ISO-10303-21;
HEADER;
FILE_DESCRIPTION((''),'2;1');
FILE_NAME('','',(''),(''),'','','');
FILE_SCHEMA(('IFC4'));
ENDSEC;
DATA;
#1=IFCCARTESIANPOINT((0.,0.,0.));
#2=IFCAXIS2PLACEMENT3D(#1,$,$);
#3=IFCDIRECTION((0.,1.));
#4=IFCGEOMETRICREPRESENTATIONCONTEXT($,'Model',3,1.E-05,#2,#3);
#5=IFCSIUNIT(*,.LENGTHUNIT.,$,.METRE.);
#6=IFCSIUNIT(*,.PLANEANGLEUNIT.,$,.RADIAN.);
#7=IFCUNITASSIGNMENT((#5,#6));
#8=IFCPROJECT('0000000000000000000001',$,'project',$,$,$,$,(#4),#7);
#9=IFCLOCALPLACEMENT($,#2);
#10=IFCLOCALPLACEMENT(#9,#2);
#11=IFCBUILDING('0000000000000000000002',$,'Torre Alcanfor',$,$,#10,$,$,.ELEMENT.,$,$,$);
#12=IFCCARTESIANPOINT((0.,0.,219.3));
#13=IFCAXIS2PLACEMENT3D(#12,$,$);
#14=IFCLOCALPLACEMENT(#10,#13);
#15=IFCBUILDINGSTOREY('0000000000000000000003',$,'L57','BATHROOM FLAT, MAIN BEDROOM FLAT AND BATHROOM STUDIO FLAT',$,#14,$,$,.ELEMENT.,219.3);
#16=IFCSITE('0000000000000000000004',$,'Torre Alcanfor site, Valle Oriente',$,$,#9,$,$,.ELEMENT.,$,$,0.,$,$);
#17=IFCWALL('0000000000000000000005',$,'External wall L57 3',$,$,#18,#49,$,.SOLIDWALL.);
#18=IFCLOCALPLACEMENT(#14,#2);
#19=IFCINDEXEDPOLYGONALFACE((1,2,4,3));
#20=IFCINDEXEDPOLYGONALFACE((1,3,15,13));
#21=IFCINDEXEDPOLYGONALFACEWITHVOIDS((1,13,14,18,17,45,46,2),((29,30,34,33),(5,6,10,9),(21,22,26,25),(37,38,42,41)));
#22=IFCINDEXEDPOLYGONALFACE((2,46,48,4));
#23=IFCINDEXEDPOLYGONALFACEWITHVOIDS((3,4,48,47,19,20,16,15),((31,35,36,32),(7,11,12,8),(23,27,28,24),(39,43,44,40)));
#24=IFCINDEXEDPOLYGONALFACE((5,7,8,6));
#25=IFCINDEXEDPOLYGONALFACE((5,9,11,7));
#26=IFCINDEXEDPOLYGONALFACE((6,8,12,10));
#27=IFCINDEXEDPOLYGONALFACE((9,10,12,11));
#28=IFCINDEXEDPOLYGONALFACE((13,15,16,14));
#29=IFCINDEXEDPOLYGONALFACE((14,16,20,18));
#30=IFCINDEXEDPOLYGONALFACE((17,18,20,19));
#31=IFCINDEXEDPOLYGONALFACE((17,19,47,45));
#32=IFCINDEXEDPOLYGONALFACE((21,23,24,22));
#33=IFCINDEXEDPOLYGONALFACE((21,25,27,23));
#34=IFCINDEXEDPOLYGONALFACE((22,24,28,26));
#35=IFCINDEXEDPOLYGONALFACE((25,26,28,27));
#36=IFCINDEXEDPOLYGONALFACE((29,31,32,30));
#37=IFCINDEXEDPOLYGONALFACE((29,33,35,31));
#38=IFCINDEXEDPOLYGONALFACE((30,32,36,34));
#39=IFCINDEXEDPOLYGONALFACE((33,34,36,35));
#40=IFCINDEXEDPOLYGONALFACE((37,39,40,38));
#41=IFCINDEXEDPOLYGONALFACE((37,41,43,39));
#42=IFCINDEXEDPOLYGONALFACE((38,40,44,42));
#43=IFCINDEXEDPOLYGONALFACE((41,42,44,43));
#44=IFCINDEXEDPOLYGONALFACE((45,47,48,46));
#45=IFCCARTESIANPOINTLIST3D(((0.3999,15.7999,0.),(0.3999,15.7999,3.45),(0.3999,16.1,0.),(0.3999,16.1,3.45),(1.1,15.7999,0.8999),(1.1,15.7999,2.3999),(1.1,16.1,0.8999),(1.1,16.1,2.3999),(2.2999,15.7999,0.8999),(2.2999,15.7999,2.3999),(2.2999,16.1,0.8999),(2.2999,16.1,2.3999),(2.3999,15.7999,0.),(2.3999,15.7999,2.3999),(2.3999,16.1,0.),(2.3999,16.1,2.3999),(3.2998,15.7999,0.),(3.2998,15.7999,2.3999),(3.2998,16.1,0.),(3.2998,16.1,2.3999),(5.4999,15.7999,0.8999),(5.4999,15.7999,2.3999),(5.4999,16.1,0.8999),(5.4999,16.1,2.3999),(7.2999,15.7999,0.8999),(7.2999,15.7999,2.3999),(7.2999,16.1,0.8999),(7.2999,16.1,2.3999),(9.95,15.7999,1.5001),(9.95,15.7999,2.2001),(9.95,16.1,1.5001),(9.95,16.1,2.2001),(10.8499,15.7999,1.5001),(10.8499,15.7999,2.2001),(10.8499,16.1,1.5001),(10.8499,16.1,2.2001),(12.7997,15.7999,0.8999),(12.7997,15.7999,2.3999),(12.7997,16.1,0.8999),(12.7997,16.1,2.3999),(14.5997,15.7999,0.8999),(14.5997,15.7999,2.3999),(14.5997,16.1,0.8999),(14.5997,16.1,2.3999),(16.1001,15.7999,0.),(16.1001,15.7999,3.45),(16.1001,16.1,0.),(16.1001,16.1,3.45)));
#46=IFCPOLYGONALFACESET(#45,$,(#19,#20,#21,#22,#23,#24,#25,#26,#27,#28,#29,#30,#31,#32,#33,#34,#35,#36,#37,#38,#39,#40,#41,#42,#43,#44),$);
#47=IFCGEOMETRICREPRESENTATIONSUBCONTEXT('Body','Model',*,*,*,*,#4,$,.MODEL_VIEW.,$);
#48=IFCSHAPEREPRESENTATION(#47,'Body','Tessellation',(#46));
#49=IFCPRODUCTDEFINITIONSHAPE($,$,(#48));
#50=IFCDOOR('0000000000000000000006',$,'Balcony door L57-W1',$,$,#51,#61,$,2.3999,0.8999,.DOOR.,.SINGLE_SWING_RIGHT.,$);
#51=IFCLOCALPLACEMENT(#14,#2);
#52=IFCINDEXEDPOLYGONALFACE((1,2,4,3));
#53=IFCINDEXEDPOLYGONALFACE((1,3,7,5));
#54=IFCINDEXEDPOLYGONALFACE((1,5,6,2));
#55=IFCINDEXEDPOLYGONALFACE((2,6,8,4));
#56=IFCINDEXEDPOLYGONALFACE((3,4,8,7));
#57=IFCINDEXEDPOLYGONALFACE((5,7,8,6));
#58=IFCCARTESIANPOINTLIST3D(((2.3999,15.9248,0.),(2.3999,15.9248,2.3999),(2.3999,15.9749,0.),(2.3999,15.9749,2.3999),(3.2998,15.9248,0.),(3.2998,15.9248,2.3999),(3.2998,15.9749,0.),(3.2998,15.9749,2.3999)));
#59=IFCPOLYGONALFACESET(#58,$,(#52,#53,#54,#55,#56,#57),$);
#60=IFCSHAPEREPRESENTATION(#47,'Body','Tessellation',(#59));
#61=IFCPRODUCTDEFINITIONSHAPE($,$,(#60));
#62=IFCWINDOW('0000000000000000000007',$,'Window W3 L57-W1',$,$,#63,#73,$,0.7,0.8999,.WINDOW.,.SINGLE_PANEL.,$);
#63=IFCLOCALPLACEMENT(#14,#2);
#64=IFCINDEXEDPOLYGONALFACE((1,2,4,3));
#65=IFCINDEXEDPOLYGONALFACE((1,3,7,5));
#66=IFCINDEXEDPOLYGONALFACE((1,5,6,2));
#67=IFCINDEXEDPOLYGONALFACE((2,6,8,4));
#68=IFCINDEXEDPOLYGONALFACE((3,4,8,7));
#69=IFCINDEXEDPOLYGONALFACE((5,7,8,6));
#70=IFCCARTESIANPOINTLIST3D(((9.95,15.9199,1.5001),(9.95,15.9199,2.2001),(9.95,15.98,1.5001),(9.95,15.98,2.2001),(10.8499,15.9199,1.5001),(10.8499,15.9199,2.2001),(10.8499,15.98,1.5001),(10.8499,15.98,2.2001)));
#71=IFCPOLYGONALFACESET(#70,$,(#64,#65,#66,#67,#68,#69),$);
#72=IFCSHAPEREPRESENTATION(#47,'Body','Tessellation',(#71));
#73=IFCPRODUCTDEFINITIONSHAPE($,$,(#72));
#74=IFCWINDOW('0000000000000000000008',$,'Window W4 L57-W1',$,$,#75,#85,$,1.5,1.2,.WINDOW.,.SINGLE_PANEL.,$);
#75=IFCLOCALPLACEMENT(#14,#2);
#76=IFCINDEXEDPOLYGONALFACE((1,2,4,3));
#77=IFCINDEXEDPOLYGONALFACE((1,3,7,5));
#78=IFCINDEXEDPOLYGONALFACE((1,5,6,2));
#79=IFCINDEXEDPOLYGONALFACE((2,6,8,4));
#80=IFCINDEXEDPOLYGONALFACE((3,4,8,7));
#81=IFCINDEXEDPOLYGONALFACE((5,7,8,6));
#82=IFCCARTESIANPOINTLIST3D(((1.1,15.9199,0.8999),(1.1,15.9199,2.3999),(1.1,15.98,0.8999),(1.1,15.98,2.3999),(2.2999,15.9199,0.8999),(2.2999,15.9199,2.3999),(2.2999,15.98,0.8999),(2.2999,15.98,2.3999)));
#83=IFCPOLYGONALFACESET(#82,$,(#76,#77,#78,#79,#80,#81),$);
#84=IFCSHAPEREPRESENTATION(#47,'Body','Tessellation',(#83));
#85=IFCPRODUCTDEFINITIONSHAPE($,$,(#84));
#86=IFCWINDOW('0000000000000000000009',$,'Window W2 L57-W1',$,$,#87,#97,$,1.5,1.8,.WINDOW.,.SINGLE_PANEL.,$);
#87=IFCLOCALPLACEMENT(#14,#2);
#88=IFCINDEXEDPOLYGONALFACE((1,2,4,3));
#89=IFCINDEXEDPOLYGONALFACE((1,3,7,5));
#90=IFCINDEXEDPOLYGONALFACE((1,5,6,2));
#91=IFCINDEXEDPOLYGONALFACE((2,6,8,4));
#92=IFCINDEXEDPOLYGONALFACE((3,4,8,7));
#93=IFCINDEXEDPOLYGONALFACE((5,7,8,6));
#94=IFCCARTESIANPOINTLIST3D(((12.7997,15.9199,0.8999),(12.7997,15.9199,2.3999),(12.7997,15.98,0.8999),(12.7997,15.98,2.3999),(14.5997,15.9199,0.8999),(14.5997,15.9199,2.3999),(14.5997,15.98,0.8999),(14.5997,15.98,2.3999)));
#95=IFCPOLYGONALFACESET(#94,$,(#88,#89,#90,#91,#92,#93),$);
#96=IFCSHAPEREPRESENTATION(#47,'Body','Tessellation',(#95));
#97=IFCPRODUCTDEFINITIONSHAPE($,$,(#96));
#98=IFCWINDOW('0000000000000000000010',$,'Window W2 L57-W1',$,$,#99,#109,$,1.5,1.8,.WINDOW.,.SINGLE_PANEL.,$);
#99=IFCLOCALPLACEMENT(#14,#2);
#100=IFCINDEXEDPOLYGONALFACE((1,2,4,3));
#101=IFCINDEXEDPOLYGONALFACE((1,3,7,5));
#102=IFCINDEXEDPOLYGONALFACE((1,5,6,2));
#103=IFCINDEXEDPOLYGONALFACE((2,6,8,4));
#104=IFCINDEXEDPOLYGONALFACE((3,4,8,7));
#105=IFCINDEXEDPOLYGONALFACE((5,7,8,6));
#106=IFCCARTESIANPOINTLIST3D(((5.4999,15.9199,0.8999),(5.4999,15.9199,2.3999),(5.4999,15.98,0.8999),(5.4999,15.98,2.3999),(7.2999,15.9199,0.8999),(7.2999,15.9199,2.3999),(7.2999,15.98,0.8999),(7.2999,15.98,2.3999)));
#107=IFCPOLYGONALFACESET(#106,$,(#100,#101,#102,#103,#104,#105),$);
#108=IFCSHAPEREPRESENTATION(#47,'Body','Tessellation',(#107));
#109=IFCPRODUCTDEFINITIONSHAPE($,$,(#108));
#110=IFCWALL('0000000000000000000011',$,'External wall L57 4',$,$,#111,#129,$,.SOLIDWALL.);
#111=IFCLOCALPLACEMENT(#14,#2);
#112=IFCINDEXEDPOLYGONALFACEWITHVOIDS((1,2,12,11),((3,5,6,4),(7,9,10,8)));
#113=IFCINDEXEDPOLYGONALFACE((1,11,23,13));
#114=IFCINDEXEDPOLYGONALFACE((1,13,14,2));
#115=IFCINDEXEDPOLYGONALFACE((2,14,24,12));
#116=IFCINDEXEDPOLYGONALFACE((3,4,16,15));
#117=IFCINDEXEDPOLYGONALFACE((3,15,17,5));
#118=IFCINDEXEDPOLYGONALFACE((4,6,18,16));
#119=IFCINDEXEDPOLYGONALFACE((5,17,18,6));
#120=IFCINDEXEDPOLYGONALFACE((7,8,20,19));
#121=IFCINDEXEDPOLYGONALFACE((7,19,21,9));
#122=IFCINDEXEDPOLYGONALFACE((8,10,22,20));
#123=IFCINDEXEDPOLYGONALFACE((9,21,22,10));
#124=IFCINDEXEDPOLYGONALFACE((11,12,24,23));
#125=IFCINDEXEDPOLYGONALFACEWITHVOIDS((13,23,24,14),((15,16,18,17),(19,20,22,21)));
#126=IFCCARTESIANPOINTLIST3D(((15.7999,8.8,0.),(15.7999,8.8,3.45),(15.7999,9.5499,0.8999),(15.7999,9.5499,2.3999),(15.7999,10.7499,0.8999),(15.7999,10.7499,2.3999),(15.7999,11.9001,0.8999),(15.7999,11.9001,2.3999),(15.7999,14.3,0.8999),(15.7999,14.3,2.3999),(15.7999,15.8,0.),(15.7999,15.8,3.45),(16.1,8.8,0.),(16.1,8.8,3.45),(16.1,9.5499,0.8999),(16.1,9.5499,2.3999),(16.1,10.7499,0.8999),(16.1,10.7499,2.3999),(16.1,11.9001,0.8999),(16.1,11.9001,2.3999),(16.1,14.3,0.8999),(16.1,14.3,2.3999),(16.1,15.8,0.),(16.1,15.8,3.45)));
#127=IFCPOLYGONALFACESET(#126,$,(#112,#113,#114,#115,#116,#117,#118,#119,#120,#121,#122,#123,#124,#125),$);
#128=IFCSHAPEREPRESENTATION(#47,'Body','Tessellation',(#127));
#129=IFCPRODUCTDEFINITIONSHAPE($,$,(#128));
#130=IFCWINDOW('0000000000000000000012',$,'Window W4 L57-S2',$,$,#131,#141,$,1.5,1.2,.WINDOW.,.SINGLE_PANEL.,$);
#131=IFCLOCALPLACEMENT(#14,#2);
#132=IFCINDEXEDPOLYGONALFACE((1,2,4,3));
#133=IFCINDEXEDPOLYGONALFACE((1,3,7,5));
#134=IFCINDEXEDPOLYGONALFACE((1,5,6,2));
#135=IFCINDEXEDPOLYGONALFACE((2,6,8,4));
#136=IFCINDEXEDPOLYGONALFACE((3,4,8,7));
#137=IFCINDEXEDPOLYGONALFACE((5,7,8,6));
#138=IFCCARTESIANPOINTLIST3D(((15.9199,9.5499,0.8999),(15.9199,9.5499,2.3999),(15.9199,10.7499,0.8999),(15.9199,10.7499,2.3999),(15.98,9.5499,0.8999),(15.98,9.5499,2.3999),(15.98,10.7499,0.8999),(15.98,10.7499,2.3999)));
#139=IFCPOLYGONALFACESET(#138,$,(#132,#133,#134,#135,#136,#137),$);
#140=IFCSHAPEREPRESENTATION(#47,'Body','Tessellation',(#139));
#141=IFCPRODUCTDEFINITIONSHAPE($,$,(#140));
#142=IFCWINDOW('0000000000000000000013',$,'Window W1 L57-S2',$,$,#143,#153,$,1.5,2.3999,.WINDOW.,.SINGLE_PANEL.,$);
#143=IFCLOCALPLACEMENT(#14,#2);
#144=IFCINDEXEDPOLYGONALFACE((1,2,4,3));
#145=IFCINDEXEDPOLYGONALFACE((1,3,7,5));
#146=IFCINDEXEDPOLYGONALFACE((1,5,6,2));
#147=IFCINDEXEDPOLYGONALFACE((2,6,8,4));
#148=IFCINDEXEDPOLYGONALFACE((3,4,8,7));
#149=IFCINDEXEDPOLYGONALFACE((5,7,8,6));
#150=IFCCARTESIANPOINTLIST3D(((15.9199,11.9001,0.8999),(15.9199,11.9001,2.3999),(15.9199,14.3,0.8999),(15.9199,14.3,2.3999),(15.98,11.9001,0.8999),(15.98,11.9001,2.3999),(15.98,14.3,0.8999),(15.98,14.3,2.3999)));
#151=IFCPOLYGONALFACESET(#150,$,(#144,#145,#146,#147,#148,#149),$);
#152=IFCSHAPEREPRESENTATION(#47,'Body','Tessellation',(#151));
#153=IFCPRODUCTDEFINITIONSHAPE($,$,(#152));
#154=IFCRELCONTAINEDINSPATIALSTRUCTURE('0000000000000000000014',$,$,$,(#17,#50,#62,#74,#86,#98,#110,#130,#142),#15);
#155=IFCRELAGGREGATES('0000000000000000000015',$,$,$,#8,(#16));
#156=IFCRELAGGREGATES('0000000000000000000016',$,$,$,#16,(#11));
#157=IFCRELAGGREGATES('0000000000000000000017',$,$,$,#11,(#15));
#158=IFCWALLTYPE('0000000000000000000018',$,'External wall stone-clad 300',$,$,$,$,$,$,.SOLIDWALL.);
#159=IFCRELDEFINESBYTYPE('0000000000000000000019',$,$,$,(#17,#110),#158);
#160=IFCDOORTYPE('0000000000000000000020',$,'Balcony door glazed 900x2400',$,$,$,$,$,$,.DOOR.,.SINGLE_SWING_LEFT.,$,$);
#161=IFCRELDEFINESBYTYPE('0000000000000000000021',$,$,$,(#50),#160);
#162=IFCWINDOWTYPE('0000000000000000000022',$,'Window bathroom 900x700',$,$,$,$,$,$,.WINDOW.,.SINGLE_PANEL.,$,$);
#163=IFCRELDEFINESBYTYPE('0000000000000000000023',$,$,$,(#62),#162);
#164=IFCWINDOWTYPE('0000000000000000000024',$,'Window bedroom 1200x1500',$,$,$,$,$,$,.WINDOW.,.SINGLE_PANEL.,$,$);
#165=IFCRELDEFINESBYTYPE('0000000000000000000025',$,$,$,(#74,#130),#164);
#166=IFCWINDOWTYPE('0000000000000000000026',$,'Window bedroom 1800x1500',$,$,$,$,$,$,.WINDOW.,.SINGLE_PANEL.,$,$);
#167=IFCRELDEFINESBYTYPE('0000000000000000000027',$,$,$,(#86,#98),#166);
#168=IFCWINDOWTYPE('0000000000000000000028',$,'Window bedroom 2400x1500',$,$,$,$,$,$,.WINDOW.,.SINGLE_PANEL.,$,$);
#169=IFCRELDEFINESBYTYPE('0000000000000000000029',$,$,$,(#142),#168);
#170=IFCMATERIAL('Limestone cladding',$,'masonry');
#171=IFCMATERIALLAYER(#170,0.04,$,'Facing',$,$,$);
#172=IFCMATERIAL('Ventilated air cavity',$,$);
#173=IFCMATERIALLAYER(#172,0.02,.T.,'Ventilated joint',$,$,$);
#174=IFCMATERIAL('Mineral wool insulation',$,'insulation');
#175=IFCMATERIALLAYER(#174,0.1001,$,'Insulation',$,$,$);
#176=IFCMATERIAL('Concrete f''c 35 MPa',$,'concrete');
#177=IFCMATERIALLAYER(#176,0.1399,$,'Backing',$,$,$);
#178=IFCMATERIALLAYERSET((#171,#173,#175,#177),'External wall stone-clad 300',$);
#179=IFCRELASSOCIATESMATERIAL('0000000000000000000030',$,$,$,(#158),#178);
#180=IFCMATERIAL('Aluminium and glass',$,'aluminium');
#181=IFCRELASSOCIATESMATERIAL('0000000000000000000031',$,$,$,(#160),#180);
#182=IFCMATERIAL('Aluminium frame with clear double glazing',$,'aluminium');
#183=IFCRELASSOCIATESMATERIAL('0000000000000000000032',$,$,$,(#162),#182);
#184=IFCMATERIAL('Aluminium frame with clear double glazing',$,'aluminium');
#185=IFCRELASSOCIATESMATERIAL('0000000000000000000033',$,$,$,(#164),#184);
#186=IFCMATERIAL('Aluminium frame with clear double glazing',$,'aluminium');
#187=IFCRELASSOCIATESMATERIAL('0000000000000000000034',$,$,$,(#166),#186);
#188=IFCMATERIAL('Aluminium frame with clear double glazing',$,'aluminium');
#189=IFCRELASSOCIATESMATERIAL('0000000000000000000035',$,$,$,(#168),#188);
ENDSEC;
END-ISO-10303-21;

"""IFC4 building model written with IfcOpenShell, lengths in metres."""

from ifc_helpers import new_model, si_unit, direction, frame, frame_2d, origin, place, context, subcontext, project, spatial, rectangle, extrude, material, layer, layer_set, type_object, element, fill, save


model = new_model("IFC4")

# Units and contexts
model_context = context("Model", 3, precision=1e-05, world=origin(), true_north=direction((0.0, 1.0)))
body_context = subcontext(model_context, "Body", "Model", "MODEL_VIEW")
ifc_project = project(units=[si_unit("LENGTHUNIT", "METRE"), si_unit("PLANEANGLEUNIT", "RADIAN")], contexts=[model_context])

# Site, building, storey
site_placement = place(None, origin())
site = spatial("IfcSite", under=ifc_project, at=site_placement, Name="Torre Alcanfor site, Valle Oriente", CompositionType="ELEMENT", RefElevation=0.0)
building_placement = place(site_placement, origin())
building = spatial("IfcBuilding", under=site, at=building_placement, Name="Torre Alcanfor", CompositionType="ELEMENT")
storey_placement = place(building_placement, frame((0.0, 0.0, 219.3)))
storey = spatial("IfcBuildingStorey", under=building, at=storey_placement, Name="L57", Description="BATHROOM FLAT, MAIN BEDROOM FLAT AND BATHROOM STUDIO FLAT", CompositionType="ELEMENT", Elevation=219.3)

# Wall, openings, door, windows
ifc_material_1 = material(Name="Limestone cladding", Category="masonry")
ifc_layer_1 = layer(ifc_material_1, 0.04, Name="Facing")
ifc_material_2 = material(Name="Ventilated air cavity")
ifc_layer_2 = layer(ifc_material_2, 0.02, ventilated=True, Name="Ventilated joint")
ifc_material_3 = material(Name="Mineral wool insulation", Category="insulation")
ifc_layer_3 = layer(ifc_material_3, 0.1001, Name="Insulation")
ifc_material_4 = material(Name="Concrete f'c 35 MPa", Category="concrete")
ifc_layer_4 = layer(ifc_material_4, 0.1399, Name="Backing")
ifc_layer_set_1 = layer_set([ifc_layer_1, ifc_layer_2, ifc_layer_3, ifc_layer_4], Name="External wall stone-clad 300")
wall_type_1 = type_object("IfcWallType", Name="External wall stone-clad 300", PredefinedType="SOLIDWALL", material=ifc_layer_set_1)
wall_1_placement = place(storey_placement, frame((0.3999, 15.95, 0.0), z_axis=(0.0, 0.0, 1.0), x_axis=(1.0, 0.0, 0.0)))
wall_1 = element("IfcWall", 1, at=wall_1_placement, inside=storey, type_object=wall_type_1, Name="External wall L57 3", PredefinedType="SOLIDWALL", context=body_context, shape_type="SweptSolid", body=[
    extrude(rectangle(XDim=15.7002, YDim=0.3, at=frame_2d((7.8501, 0.0))), origin(), (0.0, 0.0, 1.0), 3.45),
])
opening_1_placement = place(wall_1_placement, frame((12.3999, 0.0, 0.8999)))
opening_1 = element("IfcOpeningElement", 2, at=opening_1_placement, cuts=wall_1, PredefinedType="OPENING", context=body_context, shape_type="SweptSolid", body=[
    extrude(rectangle(XDim=1.8, YDim=1.5, at=frame_2d((0.8999, 0.75))), frame((0.0, 0.1599, 0.0), z_axis=(0.0, -1.0, 0.0), x_axis=(1.0, 0.0, 0.0)), (0.0, 0.0, 1.0), 0.3201),
])
opening_2_placement = place(wall_1_placement, frame((9.55, 0.0, 1.5)))
opening_2 = element("IfcOpeningElement", 3, at=opening_2_placement, cuts=wall_1, PredefinedType="OPENING", context=body_context, shape_type="SweptSolid", body=[
    extrude(rectangle(XDim=0.8999, YDim=0.7, at=frame_2d((0.45, 0.3501))), frame((0.0, 0.1599, 0.0), z_axis=(0.0, -1.0, 0.0), x_axis=(1.0, 0.0, 0.0)), (0.0, 0.0, 1.0), 0.3201),
])
opening_3_placement = place(wall_1_placement, frame((5.1001, 0.0, 0.8999)))
opening_3 = element("IfcOpeningElement", 4, at=opening_3_placement, cuts=wall_1, PredefinedType="OPENING", context=body_context, shape_type="SweptSolid", body=[
    extrude(rectangle(XDim=1.8, YDim=1.5, at=frame_2d((0.8999, 0.75))), frame((0.0, 0.1599, 0.0), z_axis=(0.0, -1.0, 0.0), x_axis=(1.0, 0.0, 0.0)), (0.0, 0.0, 1.0), 0.3201),
])
opening_4_placement = place(wall_1_placement, frame((2.0, 0.0, 0.0)))
opening_4 = element("IfcOpeningElement", 5, at=opening_4_placement, cuts=wall_1, PredefinedType="OPENING", context=body_context, shape_type="SweptSolid", body=[
    extrude(rectangle(XDim=0.8999, YDim=2.3999, at=frame_2d((0.45, 1.2))), frame((0.0, 0.1599, 0.0), z_axis=(0.0, -1.0, 0.0), x_axis=(1.0, 0.0, 0.0)), (0.0, 0.0, 1.0), 0.3201),
])
opening_5_placement = place(wall_1_placement, frame((0.7, 0.0, 0.8999)))
opening_5 = element("IfcOpeningElement", 6, at=opening_5_placement, cuts=wall_1, PredefinedType="OPENING", context=body_context, shape_type="SweptSolid", body=[
    extrude(rectangle(XDim=1.2, YDim=1.5, at=frame_2d((0.6001, 0.75))), frame((0.0, 0.1599, 0.0), z_axis=(0.0, -1.0, 0.0), x_axis=(1.0, 0.0, 0.0)), (0.0, 0.0, 1.0), 0.3201),
])
ifc_material_5 = material(Name="Aluminium and glass", Category="aluminium")
door_type = type_object("IfcDoorType", Name="Balcony door glazed 900x2400", OperationType="SINGLE_SWING_LEFT", PredefinedType="DOOR", material=ifc_material_5)
door_placement = place(opening_4_placement, origin())
door = element("IfcDoor", 7, at=door_placement, inside=storey, type_object=door_type, Name="Balcony door L57-W1", OperationType="SINGLE_SWING_RIGHT", OverallHeight=2.3999, OverallWidth=0.8999, PredefinedType="DOOR", context=body_context, shape_type="SweptSolid", body=[
    extrude(rectangle(XDim=0.8999, YDim=2.3999, at=frame_2d((0.45, 1.2))), frame((0.0, 0.0249, 0.0), z_axis=(0.0, -1.0, 0.0), x_axis=(1.0, 0.0, 0.0)), (0.0, 0.0, 1.0), 0.05),
])
fill(opening_4, door)
ifc_material_6 = material(Name="Aluminium frame with clear double glazing", Category="aluminium")
window_type_1 = type_object("IfcWindowType", Name="Window bathroom 900x700", PartitioningType="SINGLE_PANEL", PredefinedType="WINDOW", material=ifc_material_6)
window_1_placement = place(opening_2_placement, origin())
window_1 = element("IfcWindow", 8, at=window_1_placement, inside=storey, type_object=window_type_1, Name="Window W3 L57-W1", OverallHeight=0.7, OverallWidth=0.8999, PartitioningType="SINGLE_PANEL", PredefinedType="WINDOW", context=body_context, shape_type="SweptSolid", body=[
    extrude(rectangle(XDim=0.8999, YDim=0.7, at=frame_2d((0.45, 0.3501))), frame((0.0, 0.03, 0.0), z_axis=(0.0, -1.0, 0.0), x_axis=(1.0, 0.0, 0.0)), (0.0, 0.0, 1.0), 0.0601),
])
fill(opening_2, window_1)
ifc_material_7 = material(Name="Aluminium frame with clear double glazing", Category="aluminium")
window_type_2 = type_object("IfcWindowType", Name="Window bedroom 1200x1500", PartitioningType="SINGLE_PANEL", PredefinedType="WINDOW", material=ifc_material_7)
window_2_placement = place(opening_5_placement, origin())
window_2 = element("IfcWindow", 9, at=window_2_placement, inside=storey, type_object=window_type_2, Name="Window W4 L57-W1", OverallHeight=1.5, OverallWidth=1.2, PartitioningType="SINGLE_PANEL", PredefinedType="WINDOW", context=body_context, shape_type="SweptSolid", body=[
    extrude(rectangle(XDim=1.2, YDim=1.5, at=frame_2d((0.6001, 0.75))), frame((0.0, 0.03, 0.0), z_axis=(0.0, -1.0, 0.0), x_axis=(1.0, 0.0, 0.0)), (0.0, 0.0, 1.0), 0.0601),
])
fill(opening_5, window_2)
ifc_material_8 = material(Name="Aluminium frame with clear double glazing", Category="aluminium")
window_type_3 = type_object("IfcWindowType", Name="Window bedroom 1800x1500", PartitioningType="SINGLE_PANEL", PredefinedType="WINDOW", material=ifc_material_8)
window_3_placement = place(opening_1_placement, origin())
window_3 = element("IfcWindow", 10, at=window_3_placement, inside=storey, type_object=window_type_3, Name="Window W2 L57-W1", OverallHeight=1.5, OverallWidth=1.8, PartitioningType="SINGLE_PANEL", PredefinedType="WINDOW", context=body_context, shape_type="SweptSolid", body=[
    extrude(rectangle(XDim=1.8, YDim=1.5, at=frame_2d((0.8999, 0.75))), frame((0.0, 0.03, 0.0), z_axis=(0.0, -1.0, 0.0), x_axis=(1.0, 0.0, 0.0)), (0.0, 0.0, 1.0), 0.0601),
])
fill(opening_1, window_3)
window_4_placement = place(opening_3_placement, origin())
window_4 = element("IfcWindow", 11, at=window_4_placement, inside=storey, type_object=window_type_3, Name="Window W2 L57-W1", OverallHeight=1.5, OverallWidth=1.8, PartitioningType="SINGLE_PANEL", PredefinedType="WINDOW", context=body_context, shape_type="SweptSolid", body=[
    extrude(rectangle(XDim=1.8, YDim=1.5, at=frame_2d((0.8999, 0.75))), frame((0.0, 0.03, 0.0), z_axis=(0.0, -1.0, 0.0), x_axis=(1.0, 0.0, 0.0)), (0.0, 0.0, 1.0), 0.0601),
])
fill(opening_3, window_4)

# Wall, openings, windows
wall_2_placement = place(storey_placement, frame((15.95, 15.8, 0.0), z_axis=(0.0, 0.0, 1.0), x_axis=(0.0, -1.0, 0.0)))
wall_2 = element("IfcWall", 12, at=wall_2_placement, inside=storey, type_object=wall_type_1, Name="External wall L57 4", PredefinedType="SOLIDWALL", context=body_context, shape_type="SweptSolid", body=[
    extrude(rectangle(XDim=7.0, YDim=0.3, at=frame_2d((3.5, 0.0))), origin(), (0.0, 0.0, 1.0), 3.45),
])
opening_6_placement = place(wall_2_placement, frame((1.5, 0.0, 0.8999)))
opening_6 = element("IfcOpeningElement", 13, at=opening_6_placement, cuts=wall_2, PredefinedType="OPENING", context=body_context, shape_type="SweptSolid", body=[
    extrude(rectangle(XDim=2.3999, YDim=1.5, at=frame_2d((1.2, 0.75))), frame((0.0, 0.1599, 0.0), z_axis=(0.0, -1.0, 0.0), x_axis=(1.0, 0.0, 0.0)), (0.0, 0.0, 1.0), 0.3201),
])
opening_7_placement = place(wall_2_placement, frame((5.05, 0.0, 0.8999)))
opening_7 = element("IfcOpeningElement", 14, at=opening_7_placement, cuts=wall_2, PredefinedType="OPENING", context=body_context, shape_type="SweptSolid", body=[
    extrude(rectangle(XDim=1.2, YDim=1.5, at=frame_2d((0.6001, 0.75))), frame((0.0, 0.1599, 0.0), z_axis=(0.0, -1.0, 0.0), x_axis=(1.0, 0.0, 0.0)), (0.0, 0.0, 1.0), 0.3201),
])
window_5_placement = place(opening_7_placement, origin())
window_5 = element("IfcWindow", 15, at=window_5_placement, inside=storey, type_object=window_type_2, Name="Window W4 L57-S2", OverallHeight=1.5, OverallWidth=1.2, PartitioningType="SINGLE_PANEL", PredefinedType="WINDOW", context=body_context, shape_type="SweptSolid", body=[
    extrude(rectangle(XDim=1.2, YDim=1.5, at=frame_2d((0.6001, 0.75))), frame((0.0, 0.03, 0.0), z_axis=(0.0, -1.0, 0.0), x_axis=(1.0, 0.0, 0.0)), (0.0, 0.0, 1.0), 0.0601),
])
fill(opening_7, window_5)
ifc_material_9 = material(Name="Aluminium frame with clear double glazing", Category="aluminium")
window_type_4 = type_object("IfcWindowType", Name="Window bedroom 2400x1500", PartitioningType="SINGLE_PANEL", PredefinedType="WINDOW", material=ifc_material_9)
window_6_placement = place(opening_6_placement, origin())
window_6 = element("IfcWindow", 16, at=window_6_placement, inside=storey, type_object=window_type_4, Name="Window W1 L57-S2", OverallHeight=1.5, OverallWidth=2.3999, PartitioningType="SINGLE_PANEL", PredefinedType="WINDOW", context=body_context, shape_type="SweptSolid", body=[
    extrude(rectangle(XDim=2.3999, YDim=1.5, at=frame_2d((1.2, 0.75))), frame((0.0, 0.03, 0.0), z_axis=(0.0, -1.0, 0.0), x_axis=(1.0, 0.0, 0.0)), (0.0, 0.0, 1.0), 0.0601),
])
fill(opening_6, window_6)

save(model, "model.ifc")
